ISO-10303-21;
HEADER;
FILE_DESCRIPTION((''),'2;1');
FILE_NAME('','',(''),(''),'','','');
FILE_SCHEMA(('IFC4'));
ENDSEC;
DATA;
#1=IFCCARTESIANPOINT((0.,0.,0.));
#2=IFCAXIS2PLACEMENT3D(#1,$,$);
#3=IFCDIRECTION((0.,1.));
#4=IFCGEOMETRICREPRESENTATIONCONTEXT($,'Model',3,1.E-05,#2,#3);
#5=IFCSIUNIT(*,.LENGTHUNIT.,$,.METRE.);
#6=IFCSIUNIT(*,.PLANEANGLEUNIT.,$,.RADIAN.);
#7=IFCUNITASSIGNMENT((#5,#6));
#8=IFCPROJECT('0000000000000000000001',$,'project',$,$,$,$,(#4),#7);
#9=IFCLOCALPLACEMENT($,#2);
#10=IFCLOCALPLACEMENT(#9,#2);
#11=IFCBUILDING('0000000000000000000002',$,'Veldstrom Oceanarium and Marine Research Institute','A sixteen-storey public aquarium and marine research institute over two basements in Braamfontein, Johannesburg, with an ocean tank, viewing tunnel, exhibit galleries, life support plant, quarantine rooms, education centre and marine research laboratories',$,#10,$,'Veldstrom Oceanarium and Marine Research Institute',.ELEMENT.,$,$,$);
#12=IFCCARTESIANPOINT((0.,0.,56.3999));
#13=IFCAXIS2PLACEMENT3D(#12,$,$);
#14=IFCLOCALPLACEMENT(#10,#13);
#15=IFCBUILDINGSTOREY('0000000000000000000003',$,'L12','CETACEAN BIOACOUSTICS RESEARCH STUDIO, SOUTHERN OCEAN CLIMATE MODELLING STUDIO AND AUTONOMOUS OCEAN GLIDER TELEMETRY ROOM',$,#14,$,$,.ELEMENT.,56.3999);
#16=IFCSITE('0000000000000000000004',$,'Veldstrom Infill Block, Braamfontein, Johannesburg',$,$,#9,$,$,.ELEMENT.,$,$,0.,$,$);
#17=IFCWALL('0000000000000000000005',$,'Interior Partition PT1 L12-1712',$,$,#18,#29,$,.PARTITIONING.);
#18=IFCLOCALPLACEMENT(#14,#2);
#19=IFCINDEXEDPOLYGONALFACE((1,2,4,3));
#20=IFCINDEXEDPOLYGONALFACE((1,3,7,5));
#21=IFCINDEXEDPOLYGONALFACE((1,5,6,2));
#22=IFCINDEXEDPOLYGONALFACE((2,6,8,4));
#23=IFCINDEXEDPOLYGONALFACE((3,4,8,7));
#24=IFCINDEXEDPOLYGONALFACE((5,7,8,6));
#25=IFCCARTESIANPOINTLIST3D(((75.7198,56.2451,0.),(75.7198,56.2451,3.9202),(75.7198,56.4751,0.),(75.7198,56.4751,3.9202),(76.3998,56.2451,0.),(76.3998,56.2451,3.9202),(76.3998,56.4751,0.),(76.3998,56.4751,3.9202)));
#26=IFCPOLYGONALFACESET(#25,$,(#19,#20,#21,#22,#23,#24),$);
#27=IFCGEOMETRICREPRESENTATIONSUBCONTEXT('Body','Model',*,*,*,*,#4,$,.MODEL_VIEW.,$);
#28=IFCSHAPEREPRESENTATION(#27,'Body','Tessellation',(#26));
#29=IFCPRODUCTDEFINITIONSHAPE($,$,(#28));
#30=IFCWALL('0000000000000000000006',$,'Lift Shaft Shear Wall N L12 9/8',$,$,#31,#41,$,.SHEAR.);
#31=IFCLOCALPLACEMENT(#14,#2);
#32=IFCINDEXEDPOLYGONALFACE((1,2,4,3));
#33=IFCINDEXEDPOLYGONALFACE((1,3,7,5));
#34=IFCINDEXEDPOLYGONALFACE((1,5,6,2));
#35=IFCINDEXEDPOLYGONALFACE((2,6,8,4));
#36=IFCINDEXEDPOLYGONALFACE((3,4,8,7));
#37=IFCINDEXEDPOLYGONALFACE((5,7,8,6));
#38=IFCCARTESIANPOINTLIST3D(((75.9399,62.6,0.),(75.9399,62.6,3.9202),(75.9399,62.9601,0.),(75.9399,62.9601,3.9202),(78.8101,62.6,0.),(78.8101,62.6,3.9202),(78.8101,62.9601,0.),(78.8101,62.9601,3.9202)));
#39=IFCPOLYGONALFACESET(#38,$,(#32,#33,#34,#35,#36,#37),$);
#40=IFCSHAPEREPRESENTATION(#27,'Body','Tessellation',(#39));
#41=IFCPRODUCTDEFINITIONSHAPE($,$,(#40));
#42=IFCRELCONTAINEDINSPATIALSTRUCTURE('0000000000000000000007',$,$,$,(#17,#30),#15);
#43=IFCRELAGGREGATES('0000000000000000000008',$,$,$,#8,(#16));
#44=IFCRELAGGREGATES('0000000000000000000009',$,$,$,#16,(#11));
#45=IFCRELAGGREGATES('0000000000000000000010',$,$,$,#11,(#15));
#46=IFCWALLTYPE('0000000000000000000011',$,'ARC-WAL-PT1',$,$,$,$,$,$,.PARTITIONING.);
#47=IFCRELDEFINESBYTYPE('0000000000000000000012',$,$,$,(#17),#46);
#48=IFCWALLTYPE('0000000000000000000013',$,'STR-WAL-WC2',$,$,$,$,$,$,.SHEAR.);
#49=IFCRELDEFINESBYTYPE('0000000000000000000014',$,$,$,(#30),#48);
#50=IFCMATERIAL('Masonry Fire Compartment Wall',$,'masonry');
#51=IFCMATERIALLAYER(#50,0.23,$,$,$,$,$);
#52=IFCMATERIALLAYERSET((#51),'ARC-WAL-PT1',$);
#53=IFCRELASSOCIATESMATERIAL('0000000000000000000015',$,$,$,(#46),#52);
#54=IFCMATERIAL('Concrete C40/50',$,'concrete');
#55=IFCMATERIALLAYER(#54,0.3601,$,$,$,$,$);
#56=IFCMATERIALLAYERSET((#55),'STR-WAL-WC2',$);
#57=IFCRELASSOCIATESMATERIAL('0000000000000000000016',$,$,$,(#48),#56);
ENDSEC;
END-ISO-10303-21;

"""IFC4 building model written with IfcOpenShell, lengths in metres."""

from ifc_helpers import new_model, si_unit, direction, frame, frame_2d, origin, place, context, subcontext, project, spatial, rectangle, extrude, material, layer, layer_set, type_object, element, save


model = new_model("IFC4")

# Units and contexts
model_context = context("Model", 3, precision=1e-05, world=origin(), true_north=direction((0.0, 1.0)))
body_context = subcontext(model_context, "Body", "Model", "MODEL_VIEW")
ifc_project = project(units=[si_unit("LENGTHUNIT", "METRE"), si_unit("PLANEANGLEUNIT", "RADIAN")], contexts=[model_context])

# Site, building, storey
site_placement = place(None, origin())
site = spatial("IfcSite", under=ifc_project, at=site_placement, Name="Veldstrom Infill Block, Braamfontein, Johannesburg", CompositionType="ELEMENT", RefElevation=0.0)
building_placement = place(site_placement, origin())
building = spatial("IfcBuilding", under=site, at=building_placement, Name="Veldstrom Oceanarium and Marine Research Institute", Description="A sixteen-storey public aquarium and marine research institute over two basements in Braamfontein, Johannesburg, with an ocean tank, viewing tunnel, exhibit galleries, life support plant, quarantine rooms, education centre and marine research laboratories", LongName="Veldstrom Oceanarium and Marine Research Institute", CompositionType="ELEMENT")
storey_placement = place(building_placement, frame((0.0, 0.0, 56.3999)))
storey = spatial("IfcBuildingStorey", under=building, at=storey_placement, Name="L12", Description="CETACEAN BIOACOUSTICS RESEARCH STUDIO, SOUTHERN OCEAN CLIMATE MODELLING STUDIO AND AUTONOMOUS OCEAN GLIDER TELEMETRY ROOM", CompositionType="ELEMENT", Elevation=56.3999)

# Walls
ifc_material_1 = material(Name="Masonry Fire Compartment Wall", Category="masonry")
ifc_layer_1 = layer(ifc_material_1, 0.23)
ifc_layer_set_1 = layer_set([ifc_layer_1], Name="ARC-WAL-PT1")
wall_type_1 = type_object("IfcWallType", Name="ARC-WAL-PT1", PredefinedType="PARTITIONING", material=ifc_layer_set_1)
wall_1_placement = place(storey_placement, frame((75.72, 56.3601, 0.0), z_axis=(0.0, 0.0, 1.0), x_axis=(1.0, 0.0, 0.0)))
element("IfcWall", 1, at=wall_1_placement, inside=storey, type_object=wall_type_1, Name="Interior Partition PT1 L12-1712", PredefinedType="PARTITIONING", context=body_context, shape_type="SweptSolid", body=[
    extrude(rectangle(XDim=0.6799, YDim=0.23, at=frame_2d((0.3398, 0.0))), origin(), (0.0, 0.0, 1.0), 3.9202),
])
ifc_material_2 = material(Name="Concrete C40/50", Category="concrete")
ifc_layer_2 = layer(ifc_material_2, 0.3601)
ifc_layer_set_2 = layer_set([ifc_layer_2], Name="STR-WAL-WC2")
wall_type_2 = type_object("IfcWallType", Name="STR-WAL-WC2", PredefinedType="SHEAR", material=ifc_layer_set_2)
wall_2_placement = place(storey_placement, frame((75.9399, 62.78, 0.0), z_axis=(0.0, 0.0, 1.0), x_axis=(1.0, 0.0, 0.0)))
element("IfcWall", 2, at=wall_2_placement, inside=storey, type_object=wall_type_2, Name="Lift Shaft Shear Wall N L12 9/8", PredefinedType="SHEAR", context=body_context, shape_type="SweptSolid", body=[
    extrude(rectangle(XDim=2.8701, YDim=0.3601, at=frame_2d((1.4351, 0.0))), origin(), (0.0, 0.0, 1.0), 3.9202),
])

save(model, "model.ifc")
